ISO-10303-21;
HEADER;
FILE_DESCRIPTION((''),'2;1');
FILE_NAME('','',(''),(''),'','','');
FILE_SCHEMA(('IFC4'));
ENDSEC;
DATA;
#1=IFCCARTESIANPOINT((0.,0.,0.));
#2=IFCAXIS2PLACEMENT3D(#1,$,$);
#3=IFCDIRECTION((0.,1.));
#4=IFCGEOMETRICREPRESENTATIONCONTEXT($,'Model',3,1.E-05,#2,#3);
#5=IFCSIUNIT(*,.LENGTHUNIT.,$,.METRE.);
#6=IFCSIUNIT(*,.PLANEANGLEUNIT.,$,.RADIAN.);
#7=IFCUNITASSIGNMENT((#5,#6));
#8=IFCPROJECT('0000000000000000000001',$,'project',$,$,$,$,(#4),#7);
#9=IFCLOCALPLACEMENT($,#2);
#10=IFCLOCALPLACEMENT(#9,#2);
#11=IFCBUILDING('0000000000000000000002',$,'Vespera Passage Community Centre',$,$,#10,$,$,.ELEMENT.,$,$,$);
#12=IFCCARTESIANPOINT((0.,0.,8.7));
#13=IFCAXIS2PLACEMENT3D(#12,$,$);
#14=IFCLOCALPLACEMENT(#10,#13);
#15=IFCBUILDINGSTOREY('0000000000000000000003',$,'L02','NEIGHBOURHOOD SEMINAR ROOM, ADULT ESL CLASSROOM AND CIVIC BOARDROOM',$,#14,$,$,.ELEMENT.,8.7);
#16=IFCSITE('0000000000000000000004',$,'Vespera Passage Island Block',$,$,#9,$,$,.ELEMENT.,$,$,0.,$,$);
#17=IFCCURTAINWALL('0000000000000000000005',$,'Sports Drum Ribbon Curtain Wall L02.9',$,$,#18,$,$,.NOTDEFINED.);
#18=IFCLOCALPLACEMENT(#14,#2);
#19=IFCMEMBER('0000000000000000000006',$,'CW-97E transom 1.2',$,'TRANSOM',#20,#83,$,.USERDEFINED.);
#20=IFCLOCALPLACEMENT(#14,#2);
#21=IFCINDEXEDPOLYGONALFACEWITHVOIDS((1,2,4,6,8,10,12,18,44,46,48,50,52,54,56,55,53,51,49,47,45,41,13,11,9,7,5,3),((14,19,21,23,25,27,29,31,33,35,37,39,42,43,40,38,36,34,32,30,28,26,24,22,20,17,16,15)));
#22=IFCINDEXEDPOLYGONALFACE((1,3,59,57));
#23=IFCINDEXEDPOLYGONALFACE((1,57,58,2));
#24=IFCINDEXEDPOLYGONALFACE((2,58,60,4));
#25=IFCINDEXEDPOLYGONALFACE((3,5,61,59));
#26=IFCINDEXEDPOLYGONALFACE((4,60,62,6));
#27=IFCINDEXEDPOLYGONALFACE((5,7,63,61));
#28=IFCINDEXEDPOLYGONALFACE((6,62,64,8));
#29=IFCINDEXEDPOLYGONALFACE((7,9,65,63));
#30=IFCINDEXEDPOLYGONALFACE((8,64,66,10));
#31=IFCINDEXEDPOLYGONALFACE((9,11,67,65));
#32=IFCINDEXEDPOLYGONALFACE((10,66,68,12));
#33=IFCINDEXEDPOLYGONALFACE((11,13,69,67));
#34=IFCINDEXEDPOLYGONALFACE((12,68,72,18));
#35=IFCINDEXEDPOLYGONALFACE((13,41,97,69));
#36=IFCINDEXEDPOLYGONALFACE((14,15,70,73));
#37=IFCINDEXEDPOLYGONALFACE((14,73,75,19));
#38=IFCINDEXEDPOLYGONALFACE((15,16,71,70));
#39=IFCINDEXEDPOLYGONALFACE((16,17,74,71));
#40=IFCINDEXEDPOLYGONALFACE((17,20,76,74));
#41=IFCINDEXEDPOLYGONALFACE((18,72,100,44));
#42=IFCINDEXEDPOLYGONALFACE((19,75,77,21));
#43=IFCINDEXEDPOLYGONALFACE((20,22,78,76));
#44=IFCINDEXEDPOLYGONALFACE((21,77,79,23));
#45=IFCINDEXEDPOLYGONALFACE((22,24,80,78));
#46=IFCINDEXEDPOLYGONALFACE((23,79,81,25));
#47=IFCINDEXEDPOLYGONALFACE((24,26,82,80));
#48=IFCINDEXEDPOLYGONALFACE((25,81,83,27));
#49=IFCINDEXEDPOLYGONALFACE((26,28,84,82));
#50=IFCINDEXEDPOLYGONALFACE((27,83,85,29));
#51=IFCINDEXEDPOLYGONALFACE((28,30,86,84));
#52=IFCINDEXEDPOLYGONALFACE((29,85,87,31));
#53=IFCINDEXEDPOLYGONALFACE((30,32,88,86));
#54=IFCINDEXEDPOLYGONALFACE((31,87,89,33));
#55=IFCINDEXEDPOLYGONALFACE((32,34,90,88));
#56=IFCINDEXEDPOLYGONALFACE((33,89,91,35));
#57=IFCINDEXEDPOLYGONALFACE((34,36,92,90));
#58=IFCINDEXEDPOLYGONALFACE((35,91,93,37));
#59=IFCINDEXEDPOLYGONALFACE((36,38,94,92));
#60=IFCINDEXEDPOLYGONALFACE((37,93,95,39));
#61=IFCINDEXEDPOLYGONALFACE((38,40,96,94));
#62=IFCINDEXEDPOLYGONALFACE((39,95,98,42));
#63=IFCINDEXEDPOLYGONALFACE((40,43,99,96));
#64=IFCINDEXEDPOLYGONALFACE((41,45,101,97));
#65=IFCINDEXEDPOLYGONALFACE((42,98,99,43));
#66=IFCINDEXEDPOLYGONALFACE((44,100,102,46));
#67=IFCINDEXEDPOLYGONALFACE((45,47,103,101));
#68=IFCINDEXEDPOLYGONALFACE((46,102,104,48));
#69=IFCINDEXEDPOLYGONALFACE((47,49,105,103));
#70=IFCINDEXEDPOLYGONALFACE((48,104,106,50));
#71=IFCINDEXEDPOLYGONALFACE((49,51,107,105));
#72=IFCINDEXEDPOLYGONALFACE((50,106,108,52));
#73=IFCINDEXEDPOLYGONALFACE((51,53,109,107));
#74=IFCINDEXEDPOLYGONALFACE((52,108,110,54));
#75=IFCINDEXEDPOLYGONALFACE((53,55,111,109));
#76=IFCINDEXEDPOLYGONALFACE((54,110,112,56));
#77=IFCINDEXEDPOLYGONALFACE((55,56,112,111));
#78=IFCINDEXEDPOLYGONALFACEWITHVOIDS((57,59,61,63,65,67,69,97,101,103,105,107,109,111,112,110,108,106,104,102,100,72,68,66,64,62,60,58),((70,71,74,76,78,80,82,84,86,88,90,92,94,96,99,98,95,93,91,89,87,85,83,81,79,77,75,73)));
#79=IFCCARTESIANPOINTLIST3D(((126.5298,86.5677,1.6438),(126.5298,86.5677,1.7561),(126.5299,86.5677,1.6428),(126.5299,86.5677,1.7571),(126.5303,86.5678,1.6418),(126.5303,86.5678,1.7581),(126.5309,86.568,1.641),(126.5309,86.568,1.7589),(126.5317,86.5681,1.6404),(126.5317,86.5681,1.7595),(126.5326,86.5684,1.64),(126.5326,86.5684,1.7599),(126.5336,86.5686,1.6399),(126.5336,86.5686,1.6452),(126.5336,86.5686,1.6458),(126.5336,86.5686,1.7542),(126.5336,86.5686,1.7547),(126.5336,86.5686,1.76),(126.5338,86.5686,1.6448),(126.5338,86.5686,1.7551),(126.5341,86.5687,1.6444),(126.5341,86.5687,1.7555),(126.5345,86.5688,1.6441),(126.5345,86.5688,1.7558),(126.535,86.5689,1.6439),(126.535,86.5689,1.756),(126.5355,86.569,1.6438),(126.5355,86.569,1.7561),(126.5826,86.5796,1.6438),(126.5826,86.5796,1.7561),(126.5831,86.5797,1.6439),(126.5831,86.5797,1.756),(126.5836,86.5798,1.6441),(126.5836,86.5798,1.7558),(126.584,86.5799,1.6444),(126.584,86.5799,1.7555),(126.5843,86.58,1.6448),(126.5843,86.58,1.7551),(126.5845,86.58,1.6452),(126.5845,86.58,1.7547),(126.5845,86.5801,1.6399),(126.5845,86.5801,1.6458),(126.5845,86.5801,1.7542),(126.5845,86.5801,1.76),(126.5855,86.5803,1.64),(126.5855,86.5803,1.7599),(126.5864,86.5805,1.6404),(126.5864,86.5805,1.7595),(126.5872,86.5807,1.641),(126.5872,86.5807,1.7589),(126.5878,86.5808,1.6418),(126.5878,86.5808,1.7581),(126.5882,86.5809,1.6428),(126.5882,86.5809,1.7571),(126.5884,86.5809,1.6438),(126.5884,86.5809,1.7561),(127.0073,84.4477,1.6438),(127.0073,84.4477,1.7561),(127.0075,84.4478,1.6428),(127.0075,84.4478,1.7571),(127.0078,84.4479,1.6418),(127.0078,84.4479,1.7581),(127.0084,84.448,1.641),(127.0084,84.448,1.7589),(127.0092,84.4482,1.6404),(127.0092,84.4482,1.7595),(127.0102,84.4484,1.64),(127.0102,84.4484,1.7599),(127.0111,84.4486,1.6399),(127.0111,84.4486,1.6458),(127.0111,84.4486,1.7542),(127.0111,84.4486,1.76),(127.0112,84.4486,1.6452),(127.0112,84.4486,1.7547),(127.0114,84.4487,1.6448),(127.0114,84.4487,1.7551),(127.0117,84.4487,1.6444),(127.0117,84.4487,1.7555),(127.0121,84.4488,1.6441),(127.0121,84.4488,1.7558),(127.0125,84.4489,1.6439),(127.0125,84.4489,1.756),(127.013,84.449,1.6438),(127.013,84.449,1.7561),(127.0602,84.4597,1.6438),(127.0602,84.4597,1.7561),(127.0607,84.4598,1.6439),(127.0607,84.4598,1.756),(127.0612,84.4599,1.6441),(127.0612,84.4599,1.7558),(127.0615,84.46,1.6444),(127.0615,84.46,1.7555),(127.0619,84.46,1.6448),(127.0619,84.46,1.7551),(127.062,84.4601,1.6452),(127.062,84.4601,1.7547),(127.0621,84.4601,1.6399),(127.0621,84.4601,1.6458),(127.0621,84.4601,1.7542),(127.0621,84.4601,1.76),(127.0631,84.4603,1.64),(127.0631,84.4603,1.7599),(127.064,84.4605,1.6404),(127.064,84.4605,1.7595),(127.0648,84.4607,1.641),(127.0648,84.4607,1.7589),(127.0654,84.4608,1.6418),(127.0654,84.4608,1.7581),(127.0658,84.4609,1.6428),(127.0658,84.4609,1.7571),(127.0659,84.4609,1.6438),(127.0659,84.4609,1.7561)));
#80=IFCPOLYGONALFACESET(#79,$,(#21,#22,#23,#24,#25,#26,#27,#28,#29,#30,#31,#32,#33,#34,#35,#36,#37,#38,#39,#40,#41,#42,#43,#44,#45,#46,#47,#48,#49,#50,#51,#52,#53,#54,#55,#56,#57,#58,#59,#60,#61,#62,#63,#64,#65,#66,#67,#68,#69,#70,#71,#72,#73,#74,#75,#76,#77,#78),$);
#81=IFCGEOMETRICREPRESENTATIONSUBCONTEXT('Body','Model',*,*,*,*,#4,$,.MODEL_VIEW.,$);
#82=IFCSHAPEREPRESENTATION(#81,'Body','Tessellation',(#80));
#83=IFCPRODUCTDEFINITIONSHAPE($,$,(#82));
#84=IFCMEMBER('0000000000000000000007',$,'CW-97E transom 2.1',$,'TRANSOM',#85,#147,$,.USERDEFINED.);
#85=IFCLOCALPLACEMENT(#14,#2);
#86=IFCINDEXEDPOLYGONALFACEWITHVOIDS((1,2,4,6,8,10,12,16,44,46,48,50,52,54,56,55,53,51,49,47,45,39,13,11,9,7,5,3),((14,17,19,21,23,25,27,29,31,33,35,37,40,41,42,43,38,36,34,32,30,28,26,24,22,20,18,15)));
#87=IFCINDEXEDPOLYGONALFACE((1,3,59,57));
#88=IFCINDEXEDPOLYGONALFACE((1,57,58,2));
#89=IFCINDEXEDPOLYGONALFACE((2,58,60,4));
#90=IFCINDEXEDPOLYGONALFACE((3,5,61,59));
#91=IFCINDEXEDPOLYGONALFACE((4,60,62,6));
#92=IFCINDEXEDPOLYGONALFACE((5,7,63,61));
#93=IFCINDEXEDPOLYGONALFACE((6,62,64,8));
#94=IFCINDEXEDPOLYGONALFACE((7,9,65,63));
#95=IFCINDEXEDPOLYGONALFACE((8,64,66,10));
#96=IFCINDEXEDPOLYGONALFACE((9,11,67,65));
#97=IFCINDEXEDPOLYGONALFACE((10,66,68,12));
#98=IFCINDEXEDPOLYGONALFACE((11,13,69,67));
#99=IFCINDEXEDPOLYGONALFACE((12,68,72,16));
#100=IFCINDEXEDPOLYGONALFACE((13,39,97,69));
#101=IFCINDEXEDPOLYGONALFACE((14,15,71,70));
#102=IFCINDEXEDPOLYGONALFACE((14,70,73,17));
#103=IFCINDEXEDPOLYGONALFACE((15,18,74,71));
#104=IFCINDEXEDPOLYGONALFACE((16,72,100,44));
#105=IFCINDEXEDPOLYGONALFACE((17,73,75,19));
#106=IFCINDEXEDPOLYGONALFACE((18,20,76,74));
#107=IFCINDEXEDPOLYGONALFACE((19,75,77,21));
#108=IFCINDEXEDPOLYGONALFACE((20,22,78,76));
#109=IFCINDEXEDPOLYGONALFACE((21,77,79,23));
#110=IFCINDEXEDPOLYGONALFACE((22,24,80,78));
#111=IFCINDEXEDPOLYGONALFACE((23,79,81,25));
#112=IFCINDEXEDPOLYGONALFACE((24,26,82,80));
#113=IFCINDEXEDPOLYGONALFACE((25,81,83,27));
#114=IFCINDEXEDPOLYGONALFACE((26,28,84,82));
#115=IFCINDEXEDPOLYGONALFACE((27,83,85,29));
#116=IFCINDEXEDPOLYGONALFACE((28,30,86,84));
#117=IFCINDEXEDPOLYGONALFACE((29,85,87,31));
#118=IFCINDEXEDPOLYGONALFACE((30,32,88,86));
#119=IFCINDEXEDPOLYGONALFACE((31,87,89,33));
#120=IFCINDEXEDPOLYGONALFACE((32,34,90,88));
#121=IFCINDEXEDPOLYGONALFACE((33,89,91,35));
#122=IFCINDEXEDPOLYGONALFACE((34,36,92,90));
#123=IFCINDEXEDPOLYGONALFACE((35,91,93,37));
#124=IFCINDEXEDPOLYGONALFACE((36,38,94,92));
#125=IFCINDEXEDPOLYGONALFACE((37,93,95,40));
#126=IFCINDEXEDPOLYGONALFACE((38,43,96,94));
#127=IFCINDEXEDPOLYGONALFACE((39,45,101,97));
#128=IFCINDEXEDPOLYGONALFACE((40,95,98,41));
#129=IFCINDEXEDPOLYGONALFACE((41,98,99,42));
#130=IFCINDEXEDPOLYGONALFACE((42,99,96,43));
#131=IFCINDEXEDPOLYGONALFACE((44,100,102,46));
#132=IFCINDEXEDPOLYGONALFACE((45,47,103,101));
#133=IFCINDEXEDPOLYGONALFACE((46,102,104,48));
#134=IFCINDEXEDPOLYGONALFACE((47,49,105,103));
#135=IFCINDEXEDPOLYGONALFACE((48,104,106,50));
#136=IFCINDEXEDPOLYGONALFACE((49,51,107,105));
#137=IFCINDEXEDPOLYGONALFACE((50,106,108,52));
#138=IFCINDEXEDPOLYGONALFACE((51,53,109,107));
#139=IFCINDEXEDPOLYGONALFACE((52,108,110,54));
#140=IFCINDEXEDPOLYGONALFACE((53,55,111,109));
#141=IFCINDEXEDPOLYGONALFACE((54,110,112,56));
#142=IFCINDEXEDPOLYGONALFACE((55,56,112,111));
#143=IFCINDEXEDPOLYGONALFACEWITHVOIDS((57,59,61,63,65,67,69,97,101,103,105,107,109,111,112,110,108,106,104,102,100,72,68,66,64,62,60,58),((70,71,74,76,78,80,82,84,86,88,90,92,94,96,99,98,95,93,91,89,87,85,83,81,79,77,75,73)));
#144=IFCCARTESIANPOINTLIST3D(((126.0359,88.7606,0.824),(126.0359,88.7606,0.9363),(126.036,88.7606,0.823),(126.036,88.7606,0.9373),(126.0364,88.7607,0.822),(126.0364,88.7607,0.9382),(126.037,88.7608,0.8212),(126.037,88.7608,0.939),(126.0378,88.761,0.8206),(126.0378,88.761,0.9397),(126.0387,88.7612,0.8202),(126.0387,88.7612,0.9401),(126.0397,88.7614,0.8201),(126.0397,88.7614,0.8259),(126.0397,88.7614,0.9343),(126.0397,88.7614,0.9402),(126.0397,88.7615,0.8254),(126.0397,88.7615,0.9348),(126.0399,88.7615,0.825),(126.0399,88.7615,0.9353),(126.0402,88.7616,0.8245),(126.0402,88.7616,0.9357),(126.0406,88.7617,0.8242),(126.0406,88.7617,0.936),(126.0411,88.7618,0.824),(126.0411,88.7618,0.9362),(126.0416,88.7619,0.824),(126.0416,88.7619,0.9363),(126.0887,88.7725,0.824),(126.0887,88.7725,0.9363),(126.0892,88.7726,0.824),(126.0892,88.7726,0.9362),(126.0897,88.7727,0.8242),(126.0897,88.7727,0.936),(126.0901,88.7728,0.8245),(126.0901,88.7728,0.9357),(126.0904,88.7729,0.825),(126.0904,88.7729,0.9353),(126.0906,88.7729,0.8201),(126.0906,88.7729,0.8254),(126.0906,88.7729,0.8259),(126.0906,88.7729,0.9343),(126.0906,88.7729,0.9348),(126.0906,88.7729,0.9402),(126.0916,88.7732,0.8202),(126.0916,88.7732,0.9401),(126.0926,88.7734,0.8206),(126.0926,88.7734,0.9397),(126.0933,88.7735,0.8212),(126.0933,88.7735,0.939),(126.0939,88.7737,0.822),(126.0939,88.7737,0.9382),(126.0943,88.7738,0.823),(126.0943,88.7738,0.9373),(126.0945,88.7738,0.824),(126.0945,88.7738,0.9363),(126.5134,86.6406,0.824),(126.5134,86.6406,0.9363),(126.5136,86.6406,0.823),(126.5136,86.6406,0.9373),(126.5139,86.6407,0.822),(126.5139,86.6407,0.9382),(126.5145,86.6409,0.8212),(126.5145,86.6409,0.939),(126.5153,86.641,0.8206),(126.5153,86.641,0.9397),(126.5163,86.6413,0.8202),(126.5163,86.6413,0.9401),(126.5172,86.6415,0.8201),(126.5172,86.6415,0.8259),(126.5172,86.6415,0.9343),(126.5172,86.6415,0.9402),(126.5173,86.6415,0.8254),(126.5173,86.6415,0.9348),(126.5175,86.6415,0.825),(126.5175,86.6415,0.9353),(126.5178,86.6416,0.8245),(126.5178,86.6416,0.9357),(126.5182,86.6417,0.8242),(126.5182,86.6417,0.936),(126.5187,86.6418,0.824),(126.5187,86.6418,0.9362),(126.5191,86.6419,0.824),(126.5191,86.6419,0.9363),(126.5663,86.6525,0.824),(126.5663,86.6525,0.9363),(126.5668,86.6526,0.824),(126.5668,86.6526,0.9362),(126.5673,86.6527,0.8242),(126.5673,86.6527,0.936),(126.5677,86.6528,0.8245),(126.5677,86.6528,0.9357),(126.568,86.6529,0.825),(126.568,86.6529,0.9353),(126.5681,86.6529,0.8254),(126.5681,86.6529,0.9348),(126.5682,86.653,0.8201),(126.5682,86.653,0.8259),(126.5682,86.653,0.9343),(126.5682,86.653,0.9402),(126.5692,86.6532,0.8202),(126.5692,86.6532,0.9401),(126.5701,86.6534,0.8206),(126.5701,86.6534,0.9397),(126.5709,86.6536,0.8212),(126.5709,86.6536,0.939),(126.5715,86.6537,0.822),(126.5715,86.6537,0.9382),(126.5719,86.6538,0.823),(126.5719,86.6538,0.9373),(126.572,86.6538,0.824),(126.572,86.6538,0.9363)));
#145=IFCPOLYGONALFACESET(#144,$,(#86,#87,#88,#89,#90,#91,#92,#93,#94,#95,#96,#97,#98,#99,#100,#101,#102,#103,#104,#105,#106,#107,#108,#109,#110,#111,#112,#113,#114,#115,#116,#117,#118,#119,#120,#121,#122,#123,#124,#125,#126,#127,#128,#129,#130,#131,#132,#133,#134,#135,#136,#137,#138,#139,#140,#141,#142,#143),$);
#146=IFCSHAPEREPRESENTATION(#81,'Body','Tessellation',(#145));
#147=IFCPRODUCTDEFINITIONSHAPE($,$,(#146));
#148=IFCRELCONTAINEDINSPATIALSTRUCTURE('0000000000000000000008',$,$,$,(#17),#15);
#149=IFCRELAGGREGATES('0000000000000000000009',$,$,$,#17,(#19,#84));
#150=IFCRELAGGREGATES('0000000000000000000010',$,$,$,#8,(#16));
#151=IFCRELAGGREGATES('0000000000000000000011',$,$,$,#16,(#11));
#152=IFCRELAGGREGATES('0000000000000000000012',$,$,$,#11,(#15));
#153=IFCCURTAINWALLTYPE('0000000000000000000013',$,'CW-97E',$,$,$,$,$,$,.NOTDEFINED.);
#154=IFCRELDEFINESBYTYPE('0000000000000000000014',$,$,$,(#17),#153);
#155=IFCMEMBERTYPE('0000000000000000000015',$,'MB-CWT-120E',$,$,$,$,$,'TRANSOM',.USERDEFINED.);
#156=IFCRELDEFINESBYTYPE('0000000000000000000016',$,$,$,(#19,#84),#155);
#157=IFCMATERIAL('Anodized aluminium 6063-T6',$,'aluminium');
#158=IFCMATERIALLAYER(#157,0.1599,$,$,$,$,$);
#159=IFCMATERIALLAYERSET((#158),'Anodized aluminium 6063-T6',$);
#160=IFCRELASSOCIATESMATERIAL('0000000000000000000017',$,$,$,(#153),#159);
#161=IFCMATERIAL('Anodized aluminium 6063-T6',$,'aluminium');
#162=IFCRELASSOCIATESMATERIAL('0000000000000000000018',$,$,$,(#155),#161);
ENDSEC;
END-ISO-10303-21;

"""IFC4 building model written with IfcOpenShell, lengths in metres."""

from ifc_helpers import new_model, si_unit, direction, frame, origin, origin_2d, place, context, subcontext, project, spatial, hollow_rectangle, extrude, material, layer, layer_set, material_profile, profile_set, type_object, element, aggregate, save


model = new_model("IFC4")

# Units and contexts
model_context = context("Model", 3, precision=1e-05, world=origin(), true_north=direction((0.0, 1.0)))
body_context = subcontext(model_context, "Body", "Model", "MODEL_VIEW")
ifc_project = project(units=[si_unit("LENGTHUNIT", "METRE"), si_unit("PLANEANGLEUNIT", "RADIAN")], contexts=[model_context])

# Site, building, storey
site_placement = place(None, origin())
site = spatial("IfcSite", under=ifc_project, at=site_placement, Name="Vespera Passage Island Block", CompositionType="ELEMENT", RefElevation=0.0)
building_placement = place(site_placement, origin())
building = spatial("IfcBuilding", under=site, at=building_placement, Name="Vespera Passage Community Centre", CompositionType="ELEMENT")
storey_placement = place(building_placement, frame((0.0, 0.0, 8.7)))
storey = spatial("IfcBuildingStorey", under=building, at=storey_placement, Name="L02", Description="NEIGHBOURHOOD SEMINAR ROOM, ADULT ESL CLASSROOM AND CIVIC BOARDROOM", CompositionType="ELEMENT", Elevation=8.7)

# Curtain wall, members
ifc_material_1 = material(Name="Anodized aluminium 6063-T6", Category="aluminium")
ifc_layer_1 = layer(ifc_material_1, 0.1599)
ifc_layer_set_1 = layer_set([ifc_layer_1], Name="Anodized aluminium 6063-T6")
curtain_wall_type = type_object("IfcCurtainWallType", Name="CW-97E", PredefinedType="NOTDEFINED", material=ifc_layer_set_1)
curtain_wall_placement = place(storey_placement, origin())
curtain_wall = element("IfcCurtainWall", 1, at=curtain_wall_placement, inside=storey, type_object=curtain_wall_type, Name="Sports Drum Ribbon Curtain Wall L02.9", PredefinedType="NOTDEFINED")
ifc_material_2 = material(Name="Anodized aluminium 6063-T6", Category="aluminium")
ifc_material_profile_1 = material_profile(ifc_material_2, hollow_rectangle(XDim=0.0601, YDim=0.1201, WallThickness=0.0039, InnerFilletRadius=0.002, OuterFilletRadius=0.0039, at=origin_2d()), Name="ALU120X60X4")
ifc_profile_set_1 = profile_set([ifc_material_profile_1], Name="Anodized aluminium 6063-T6")
member_type_1 = type_object("IfcMemberType", Name="MB-CWT-120E", ElementType="TRANSOM", PredefinedType="USERDEFINED", material=ifc_profile_set_1)
member_1_placement = place(storey_placement, frame((127.0366, 84.4543, 1.7), z_axis=(-0.219761, 0.975554, 0.0), x_axis=(-0.975554, -0.219761, 0.0)))
member_1 = element("IfcMember", 2, at=member_1_placement, type_object=member_type_1, Name="CW-97E transom 1.2", ObjectType="TRANSOM", PredefinedType="USERDEFINED", context=body_context, shape_type="SweptSolid", body=[
    extrude(hollow_rectangle(XDim=0.0601, YDim=0.1201, WallThickness=0.0039, InnerFilletRadius=0.002, OuterFilletRadius=0.0039, at=origin_2d()), origin(), (0.0, 0.0, 1.0), 2.1731),
])
member_2_placement = place(storey_placement, frame((126.5427, 86.6472, 0.8801), z_axis=(-0.219761, 0.975554, 0.0), x_axis=(-0.975554, -0.219761, 0.0)))
member_2 = element("IfcMember", 3, at=member_2_placement, type_object=member_type_1, Name="CW-97E transom 2.1", ObjectType="TRANSOM", PredefinedType="USERDEFINED", context=body_context, shape_type="SweptSolid", body=[
    extrude(hollow_rectangle(XDim=0.0601, YDim=0.1201, WallThickness=0.0039, InnerFilletRadius=0.002, OuterFilletRadius=0.0039, at=origin_2d()), origin(), (0.0, 0.0, 1.0), 2.1731),
])

aggregate(curtain_wall, [member_1, member_2])

save(model, "model.ifc")
